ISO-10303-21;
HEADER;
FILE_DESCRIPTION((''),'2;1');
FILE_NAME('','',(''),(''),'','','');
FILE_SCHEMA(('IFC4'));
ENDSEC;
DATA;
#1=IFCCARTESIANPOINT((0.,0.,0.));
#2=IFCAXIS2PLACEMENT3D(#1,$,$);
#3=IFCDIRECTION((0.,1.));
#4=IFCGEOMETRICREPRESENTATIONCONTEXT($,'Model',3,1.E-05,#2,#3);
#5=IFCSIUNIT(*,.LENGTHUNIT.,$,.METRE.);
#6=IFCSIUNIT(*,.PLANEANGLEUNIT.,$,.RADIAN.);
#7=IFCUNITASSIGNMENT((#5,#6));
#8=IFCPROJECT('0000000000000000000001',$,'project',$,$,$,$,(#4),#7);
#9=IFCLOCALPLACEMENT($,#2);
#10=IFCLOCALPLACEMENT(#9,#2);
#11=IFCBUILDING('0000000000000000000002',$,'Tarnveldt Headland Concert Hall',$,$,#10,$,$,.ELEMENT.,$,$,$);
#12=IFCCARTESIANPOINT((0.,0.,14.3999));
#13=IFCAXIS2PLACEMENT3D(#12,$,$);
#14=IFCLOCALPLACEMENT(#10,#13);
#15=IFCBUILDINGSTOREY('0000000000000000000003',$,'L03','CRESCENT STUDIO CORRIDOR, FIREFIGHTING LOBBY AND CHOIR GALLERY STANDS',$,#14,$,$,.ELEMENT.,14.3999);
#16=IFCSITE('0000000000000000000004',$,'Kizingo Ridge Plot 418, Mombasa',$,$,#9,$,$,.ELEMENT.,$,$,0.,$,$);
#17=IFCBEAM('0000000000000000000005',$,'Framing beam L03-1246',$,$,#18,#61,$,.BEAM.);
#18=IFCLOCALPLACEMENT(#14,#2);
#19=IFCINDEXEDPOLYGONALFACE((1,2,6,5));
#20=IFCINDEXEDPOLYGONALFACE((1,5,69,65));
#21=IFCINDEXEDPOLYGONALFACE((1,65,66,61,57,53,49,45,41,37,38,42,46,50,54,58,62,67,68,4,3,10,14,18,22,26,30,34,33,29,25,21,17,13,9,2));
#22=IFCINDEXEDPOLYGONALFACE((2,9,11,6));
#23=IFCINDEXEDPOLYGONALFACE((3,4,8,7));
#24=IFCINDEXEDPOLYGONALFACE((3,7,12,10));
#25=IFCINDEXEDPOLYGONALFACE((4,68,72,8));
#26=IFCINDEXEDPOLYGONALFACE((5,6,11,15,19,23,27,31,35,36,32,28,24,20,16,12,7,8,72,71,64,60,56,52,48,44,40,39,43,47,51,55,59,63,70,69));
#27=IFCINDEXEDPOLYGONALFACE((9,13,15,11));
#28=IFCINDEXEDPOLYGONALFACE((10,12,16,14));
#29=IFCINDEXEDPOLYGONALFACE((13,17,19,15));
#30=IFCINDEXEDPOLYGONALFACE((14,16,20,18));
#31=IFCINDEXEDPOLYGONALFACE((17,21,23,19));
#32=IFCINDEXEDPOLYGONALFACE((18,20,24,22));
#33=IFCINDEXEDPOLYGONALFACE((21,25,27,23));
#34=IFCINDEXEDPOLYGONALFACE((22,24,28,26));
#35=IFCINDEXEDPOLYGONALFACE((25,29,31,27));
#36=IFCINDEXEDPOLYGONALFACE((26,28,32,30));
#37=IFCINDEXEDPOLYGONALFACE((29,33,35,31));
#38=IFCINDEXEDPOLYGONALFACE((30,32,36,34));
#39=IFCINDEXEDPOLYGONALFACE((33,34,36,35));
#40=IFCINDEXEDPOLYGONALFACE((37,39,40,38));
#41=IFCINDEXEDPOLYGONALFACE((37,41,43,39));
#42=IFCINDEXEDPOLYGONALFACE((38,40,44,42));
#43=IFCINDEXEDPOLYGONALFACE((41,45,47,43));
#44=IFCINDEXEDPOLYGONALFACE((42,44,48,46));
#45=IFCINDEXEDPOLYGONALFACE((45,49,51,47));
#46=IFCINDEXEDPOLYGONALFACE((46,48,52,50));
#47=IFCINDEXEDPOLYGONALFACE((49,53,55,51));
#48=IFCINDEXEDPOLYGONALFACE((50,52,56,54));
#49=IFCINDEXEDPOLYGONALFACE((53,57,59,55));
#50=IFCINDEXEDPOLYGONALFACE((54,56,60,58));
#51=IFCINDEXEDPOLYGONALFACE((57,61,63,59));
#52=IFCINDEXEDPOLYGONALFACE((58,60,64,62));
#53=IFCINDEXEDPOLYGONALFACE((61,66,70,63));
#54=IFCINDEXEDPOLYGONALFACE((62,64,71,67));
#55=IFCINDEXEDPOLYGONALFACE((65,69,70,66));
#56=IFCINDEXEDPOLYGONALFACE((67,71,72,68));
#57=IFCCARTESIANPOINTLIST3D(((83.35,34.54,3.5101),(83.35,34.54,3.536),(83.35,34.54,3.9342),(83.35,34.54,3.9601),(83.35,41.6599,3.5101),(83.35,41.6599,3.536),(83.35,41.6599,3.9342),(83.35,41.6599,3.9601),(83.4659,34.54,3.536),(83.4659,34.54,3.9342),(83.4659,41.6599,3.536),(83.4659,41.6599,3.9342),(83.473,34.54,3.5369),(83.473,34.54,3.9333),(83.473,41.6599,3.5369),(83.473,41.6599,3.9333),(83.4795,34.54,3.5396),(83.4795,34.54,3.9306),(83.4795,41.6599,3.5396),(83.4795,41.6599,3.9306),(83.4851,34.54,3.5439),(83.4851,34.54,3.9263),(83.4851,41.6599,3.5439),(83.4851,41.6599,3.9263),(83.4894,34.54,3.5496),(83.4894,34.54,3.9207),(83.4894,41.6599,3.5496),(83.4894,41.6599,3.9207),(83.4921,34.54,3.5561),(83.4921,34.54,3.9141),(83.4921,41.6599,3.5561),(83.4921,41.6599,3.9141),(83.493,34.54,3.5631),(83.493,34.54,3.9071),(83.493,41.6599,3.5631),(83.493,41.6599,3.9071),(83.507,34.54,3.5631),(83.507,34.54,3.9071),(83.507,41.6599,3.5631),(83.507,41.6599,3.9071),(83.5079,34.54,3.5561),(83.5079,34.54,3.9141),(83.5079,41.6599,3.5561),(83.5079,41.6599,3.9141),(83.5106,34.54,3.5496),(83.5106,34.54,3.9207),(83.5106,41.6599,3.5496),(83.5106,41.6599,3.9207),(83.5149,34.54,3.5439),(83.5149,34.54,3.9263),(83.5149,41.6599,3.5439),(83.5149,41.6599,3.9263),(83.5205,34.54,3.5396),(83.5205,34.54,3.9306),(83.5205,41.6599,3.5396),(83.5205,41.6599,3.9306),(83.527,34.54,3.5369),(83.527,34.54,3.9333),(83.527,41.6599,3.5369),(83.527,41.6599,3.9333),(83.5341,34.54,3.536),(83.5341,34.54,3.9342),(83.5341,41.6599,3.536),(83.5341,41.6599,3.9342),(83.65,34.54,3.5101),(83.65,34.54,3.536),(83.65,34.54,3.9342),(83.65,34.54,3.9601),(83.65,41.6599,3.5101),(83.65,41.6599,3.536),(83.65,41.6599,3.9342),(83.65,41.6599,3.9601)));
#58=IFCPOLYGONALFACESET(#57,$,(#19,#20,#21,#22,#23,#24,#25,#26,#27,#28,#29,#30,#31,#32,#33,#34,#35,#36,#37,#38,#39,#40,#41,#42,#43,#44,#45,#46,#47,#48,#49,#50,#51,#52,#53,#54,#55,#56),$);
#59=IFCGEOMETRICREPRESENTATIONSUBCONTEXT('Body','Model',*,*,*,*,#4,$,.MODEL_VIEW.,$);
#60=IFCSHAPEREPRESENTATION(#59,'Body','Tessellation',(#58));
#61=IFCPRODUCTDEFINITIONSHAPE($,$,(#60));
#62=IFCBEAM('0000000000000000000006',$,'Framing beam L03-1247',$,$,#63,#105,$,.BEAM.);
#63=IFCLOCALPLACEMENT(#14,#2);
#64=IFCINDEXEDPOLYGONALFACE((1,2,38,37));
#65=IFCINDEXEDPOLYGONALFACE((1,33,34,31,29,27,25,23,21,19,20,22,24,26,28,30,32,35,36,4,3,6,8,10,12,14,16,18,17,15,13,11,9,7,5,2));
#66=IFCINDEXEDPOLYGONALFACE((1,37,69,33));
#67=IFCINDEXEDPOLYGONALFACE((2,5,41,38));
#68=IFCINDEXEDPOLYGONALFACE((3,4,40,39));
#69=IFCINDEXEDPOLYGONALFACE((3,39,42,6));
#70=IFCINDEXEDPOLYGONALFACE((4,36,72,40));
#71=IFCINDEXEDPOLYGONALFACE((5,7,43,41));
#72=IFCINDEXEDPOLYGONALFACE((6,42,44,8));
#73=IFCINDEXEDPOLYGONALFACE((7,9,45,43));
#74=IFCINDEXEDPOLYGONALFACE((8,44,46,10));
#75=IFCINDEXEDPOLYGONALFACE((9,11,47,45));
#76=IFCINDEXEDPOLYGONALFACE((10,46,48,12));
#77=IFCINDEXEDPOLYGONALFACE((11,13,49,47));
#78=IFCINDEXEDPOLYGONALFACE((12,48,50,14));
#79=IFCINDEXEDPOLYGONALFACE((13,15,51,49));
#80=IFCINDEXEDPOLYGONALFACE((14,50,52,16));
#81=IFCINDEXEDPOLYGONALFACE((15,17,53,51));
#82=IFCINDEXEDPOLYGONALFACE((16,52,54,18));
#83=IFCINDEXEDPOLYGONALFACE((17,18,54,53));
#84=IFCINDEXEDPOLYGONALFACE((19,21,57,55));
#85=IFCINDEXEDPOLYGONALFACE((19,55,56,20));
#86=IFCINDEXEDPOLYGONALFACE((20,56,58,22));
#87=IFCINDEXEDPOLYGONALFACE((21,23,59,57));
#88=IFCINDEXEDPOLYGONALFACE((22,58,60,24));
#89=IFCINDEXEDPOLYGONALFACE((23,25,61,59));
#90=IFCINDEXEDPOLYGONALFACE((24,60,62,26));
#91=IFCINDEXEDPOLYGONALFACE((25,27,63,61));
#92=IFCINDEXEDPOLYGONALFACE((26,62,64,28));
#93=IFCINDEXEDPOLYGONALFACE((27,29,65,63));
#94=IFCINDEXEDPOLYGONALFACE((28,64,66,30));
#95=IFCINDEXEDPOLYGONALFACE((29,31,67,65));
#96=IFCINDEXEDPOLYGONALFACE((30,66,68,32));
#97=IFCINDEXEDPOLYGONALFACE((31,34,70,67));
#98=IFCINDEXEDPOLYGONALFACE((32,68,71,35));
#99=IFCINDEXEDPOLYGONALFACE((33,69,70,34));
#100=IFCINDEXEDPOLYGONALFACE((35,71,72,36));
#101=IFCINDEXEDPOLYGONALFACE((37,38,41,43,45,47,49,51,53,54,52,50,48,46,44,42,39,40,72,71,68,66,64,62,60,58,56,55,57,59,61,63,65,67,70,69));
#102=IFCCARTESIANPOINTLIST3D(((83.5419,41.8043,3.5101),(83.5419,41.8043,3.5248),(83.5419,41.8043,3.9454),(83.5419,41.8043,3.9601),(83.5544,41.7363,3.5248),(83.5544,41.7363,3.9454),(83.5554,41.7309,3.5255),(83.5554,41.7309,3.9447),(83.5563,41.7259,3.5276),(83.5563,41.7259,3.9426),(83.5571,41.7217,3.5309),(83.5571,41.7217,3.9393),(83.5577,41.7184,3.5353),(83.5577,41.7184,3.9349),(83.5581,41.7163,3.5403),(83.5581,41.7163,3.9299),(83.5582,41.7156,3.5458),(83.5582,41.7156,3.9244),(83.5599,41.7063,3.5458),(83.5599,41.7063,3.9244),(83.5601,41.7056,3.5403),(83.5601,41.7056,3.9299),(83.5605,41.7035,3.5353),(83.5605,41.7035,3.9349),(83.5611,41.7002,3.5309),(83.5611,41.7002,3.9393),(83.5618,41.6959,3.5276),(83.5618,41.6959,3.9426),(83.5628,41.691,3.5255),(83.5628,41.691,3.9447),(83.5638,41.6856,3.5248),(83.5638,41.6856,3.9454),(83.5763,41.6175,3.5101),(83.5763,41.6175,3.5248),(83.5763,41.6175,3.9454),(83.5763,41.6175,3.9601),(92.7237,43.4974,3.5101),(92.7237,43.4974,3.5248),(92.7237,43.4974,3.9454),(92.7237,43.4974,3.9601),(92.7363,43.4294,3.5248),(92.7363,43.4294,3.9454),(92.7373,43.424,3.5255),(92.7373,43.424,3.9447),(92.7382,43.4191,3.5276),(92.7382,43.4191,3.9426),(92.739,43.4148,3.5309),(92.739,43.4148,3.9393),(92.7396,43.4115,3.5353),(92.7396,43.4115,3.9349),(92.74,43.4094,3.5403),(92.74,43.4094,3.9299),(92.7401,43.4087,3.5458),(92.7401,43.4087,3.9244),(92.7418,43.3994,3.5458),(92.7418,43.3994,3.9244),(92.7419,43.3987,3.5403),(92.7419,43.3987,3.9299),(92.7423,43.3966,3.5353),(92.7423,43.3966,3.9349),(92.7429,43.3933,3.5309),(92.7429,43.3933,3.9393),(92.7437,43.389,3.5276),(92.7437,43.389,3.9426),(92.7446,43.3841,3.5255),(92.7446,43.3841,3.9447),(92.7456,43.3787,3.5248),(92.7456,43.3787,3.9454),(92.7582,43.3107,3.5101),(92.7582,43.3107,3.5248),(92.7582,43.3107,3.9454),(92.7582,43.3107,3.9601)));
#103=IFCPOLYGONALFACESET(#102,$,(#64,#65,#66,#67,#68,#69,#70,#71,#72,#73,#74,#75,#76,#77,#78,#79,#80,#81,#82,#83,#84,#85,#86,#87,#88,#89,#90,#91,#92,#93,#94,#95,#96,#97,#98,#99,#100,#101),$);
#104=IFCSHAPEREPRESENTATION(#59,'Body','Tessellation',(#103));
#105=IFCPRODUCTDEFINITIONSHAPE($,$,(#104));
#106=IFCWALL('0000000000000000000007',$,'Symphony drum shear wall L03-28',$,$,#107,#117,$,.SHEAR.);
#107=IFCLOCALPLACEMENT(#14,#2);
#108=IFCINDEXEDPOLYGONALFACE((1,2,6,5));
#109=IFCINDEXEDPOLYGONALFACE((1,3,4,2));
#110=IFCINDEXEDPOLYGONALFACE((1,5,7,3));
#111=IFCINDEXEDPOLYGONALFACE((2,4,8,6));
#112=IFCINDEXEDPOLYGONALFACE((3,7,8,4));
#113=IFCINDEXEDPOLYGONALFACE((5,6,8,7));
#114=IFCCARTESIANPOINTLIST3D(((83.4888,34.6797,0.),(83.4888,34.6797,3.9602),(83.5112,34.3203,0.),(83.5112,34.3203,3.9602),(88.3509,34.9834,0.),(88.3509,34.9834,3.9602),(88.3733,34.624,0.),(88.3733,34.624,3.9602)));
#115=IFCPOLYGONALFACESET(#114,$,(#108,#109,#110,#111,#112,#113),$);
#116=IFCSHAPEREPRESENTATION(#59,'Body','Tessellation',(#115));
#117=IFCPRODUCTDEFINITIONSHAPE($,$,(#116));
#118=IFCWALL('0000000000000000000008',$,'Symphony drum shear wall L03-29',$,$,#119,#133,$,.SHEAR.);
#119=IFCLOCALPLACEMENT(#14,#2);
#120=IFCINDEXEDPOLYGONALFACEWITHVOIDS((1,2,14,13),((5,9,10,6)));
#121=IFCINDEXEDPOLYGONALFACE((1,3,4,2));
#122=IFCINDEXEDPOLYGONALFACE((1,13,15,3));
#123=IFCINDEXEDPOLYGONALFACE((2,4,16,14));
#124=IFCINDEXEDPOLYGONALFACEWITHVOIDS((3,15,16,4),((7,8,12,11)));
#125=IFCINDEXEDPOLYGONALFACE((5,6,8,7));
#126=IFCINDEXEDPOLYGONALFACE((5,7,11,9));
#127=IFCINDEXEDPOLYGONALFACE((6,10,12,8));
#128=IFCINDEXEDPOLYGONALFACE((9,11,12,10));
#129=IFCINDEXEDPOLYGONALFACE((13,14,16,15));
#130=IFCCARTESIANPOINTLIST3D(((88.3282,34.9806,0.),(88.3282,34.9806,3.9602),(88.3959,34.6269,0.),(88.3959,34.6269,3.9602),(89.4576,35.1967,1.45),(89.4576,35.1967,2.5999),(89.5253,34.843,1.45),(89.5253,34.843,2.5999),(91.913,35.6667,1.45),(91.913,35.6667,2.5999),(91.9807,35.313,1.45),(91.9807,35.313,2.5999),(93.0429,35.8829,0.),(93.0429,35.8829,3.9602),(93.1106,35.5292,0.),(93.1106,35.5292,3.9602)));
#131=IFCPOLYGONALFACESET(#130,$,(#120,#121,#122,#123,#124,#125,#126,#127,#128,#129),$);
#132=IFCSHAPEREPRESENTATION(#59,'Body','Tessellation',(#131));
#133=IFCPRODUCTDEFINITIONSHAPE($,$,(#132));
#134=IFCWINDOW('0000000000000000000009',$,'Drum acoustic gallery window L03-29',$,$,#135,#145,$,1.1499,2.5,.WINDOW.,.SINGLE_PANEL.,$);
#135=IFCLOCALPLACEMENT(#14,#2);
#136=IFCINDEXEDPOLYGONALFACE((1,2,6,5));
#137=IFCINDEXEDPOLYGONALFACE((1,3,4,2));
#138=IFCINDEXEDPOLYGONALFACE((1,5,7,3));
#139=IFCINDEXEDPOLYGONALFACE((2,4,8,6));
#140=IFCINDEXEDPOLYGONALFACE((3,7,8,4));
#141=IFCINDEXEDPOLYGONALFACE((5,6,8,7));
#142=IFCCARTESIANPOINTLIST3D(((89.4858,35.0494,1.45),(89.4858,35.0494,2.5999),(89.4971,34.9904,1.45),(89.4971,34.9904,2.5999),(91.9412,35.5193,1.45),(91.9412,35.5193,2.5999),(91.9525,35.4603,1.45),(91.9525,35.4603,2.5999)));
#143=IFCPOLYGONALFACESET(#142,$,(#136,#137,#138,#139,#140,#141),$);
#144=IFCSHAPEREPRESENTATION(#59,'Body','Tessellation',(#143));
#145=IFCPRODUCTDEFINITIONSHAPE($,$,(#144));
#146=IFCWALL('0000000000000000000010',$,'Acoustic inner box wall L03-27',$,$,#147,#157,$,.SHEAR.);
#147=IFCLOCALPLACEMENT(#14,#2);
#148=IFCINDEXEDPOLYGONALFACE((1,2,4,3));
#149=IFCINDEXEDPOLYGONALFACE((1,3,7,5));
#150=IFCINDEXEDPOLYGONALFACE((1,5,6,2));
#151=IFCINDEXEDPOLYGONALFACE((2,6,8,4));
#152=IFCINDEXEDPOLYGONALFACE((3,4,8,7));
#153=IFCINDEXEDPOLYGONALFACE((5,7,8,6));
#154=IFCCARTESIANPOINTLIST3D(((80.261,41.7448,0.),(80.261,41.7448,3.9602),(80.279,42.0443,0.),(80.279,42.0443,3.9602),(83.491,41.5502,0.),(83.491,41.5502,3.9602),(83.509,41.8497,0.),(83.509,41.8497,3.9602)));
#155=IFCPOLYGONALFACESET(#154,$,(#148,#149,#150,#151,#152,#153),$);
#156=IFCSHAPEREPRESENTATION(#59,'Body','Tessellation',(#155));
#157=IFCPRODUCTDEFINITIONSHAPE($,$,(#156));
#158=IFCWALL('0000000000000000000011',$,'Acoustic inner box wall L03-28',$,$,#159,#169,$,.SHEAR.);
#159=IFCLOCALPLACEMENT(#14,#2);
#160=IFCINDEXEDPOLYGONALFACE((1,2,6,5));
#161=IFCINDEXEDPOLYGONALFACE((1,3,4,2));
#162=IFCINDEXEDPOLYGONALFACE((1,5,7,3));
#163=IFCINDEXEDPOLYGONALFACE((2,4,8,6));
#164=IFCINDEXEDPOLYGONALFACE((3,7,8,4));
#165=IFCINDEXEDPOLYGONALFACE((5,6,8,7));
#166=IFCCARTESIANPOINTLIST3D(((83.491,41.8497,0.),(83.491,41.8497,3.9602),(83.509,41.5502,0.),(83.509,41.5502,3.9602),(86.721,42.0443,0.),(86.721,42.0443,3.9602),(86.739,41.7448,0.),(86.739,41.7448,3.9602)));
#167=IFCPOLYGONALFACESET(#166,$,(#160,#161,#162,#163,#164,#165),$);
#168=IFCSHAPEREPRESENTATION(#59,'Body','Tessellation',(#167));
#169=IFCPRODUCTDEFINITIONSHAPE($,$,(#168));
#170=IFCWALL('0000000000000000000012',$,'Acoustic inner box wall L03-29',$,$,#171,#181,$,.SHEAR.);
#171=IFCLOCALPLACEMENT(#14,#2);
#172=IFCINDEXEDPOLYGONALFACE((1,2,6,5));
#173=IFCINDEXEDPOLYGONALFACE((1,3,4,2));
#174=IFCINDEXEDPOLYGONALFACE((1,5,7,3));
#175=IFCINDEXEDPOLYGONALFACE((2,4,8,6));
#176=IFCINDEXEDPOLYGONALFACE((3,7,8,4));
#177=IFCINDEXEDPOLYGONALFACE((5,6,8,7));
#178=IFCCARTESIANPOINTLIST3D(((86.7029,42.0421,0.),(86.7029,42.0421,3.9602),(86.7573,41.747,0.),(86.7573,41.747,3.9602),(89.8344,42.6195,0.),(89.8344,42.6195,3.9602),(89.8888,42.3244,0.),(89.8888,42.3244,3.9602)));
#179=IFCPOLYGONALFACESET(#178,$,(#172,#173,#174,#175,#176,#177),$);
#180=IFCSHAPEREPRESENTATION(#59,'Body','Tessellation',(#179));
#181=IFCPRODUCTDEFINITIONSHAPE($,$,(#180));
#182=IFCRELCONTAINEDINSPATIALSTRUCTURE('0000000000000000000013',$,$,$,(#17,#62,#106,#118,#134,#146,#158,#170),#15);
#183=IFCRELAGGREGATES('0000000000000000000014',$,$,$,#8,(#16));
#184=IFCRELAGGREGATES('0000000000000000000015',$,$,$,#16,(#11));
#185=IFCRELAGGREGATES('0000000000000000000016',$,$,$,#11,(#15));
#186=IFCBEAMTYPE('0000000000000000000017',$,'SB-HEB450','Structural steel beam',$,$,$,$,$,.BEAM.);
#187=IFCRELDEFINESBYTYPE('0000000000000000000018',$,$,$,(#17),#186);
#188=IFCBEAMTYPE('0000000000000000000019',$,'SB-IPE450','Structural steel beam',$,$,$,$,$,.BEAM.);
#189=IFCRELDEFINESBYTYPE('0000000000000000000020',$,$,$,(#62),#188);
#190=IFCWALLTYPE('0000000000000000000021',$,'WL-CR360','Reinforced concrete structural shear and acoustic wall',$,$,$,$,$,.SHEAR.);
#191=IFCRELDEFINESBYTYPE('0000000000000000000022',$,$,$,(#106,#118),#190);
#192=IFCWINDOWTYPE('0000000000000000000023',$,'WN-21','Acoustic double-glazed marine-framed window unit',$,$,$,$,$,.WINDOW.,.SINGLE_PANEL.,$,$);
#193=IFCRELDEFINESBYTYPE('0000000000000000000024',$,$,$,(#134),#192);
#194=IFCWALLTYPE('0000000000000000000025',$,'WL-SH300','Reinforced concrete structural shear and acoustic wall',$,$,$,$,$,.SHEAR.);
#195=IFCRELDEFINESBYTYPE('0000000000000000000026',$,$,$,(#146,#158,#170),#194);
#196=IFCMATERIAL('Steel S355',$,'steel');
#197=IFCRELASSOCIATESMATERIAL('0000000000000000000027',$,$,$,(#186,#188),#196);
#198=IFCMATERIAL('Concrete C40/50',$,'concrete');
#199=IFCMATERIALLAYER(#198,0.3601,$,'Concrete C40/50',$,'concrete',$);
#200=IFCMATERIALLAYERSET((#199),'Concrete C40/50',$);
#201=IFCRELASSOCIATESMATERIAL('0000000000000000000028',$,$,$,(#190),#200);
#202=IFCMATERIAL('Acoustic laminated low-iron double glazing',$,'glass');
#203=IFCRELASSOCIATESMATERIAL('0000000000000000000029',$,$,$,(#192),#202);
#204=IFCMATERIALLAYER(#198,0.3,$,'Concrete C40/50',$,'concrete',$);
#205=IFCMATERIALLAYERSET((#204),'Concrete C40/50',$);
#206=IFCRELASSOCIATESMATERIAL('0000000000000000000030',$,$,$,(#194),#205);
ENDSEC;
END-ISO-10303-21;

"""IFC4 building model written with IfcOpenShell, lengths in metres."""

from ifc_helpers import new_model, si_unit, direction, frame, frame_2d, origin, origin_2d, place, context, subcontext, project, spatial, rectangle, i_section, extrude, material, layer, layer_set, material_profile, profile_set, type_object, element, fill, save


model = new_model("IFC4")

# Units and contexts
model_context = context("Model", 3, precision=1e-05, world=origin(), true_north=direction((0.0, 1.0)))
body_context = subcontext(model_context, "Body", "Model", "MODEL_VIEW")
ifc_project = project(units=[si_unit("LENGTHUNIT", "METRE"), si_unit("PLANEANGLEUNIT", "RADIAN")], contexts=[model_context])

# Site, building, storey
site_placement = place(None, origin())
site = spatial("IfcSite", under=ifc_project, at=site_placement, Name="Kizingo Ridge Plot 418, Mombasa", CompositionType="ELEMENT", RefElevation=0.0)
building_placement = place(site_placement, origin())
building = spatial("IfcBuilding", under=site, at=building_placement, Name="Tarnveldt Headland Concert Hall", CompositionType="ELEMENT")
storey_placement = place(building_placement, frame((0.0, 0.0, 14.3999)))
storey = spatial("IfcBuildingStorey", under=building, at=storey_placement, Name="L03", Description="CRESCENT STUDIO CORRIDOR, FIREFIGHTING LOBBY AND CHOIR GALLERY STANDS", CompositionType="ELEMENT", Elevation=14.3999)

# Shared definitions
ifc_material_1 = material(Name="Concrete C40/50", Category="concrete")

# Shared definitions
ifc_material_2 = material(Name="Steel S355", Category="steel")

# Beams
ifc_material_profile_1 = material_profile(ifc_material_2, i_section(OverallWidth=0.3, OverallDepth=0.45, WebThickness=0.0139, FlangeThickness=0.0259, FilletRadius=0.0271, at=origin_2d()), Name="HEB450", Category="steel")
ifc_profile_set_1 = profile_set([ifc_material_profile_1], Name="Steel S355")
beam_type_1 = type_object("IfcBeamType", Name="SB-HEB450", Description="Structural steel beam", PredefinedType="BEAM", material=ifc_profile_set_1)
beam_1_placement = place(storey_placement, frame((83.5, 41.6599, 3.7351), z_axis=(0.0, -1.0, 0.0), x_axis=(1.0, 0.0, 0.0)))
element("IfcBeam", 1, at=beam_1_placement, inside=storey, type_object=beam_type_1, Name="Framing beam L03-1246", PredefinedType="BEAM", context=body_context, shape_type="SweptSolid", body=[
    extrude(i_section(OverallWidth=0.3, OverallDepth=0.45, WebThickness=0.0139, FlangeThickness=0.0259, FilletRadius=0.0271, at=origin_2d()), origin(), (0.0, 0.0, 1.0), 7.1199),
])
ifc_material_profile_2 = material_profile(ifc_material_2, i_section(OverallWidth=0.1899, OverallDepth=0.45, WebThickness=0.0095, FlangeThickness=0.0146, FilletRadius=0.021, at=origin_2d()), Name="IPE450", Category="steel")
ifc_profile_set_2 = profile_set([ifc_material_profile_2], Name="Steel S355")
beam_type_2 = type_object("IfcBeamType", Name="SB-IPE450", Description="Structural steel beam", PredefinedType="BEAM", material=ifc_profile_set_2)
beam_2_placement = place(storey_placement, frame((83.5591, 41.7109, 3.7351), z_axis=(0.98342, 0.18134, 0.0), x_axis=(-0.18134, 0.98342, 0.0)))
element("IfcBeam", 2, at=beam_2_placement, inside=storey, type_object=beam_type_2, Name="Framing beam L03-1247", PredefinedType="BEAM", context=body_context, shape_type="SweptSolid", body=[
    extrude(i_section(OverallWidth=0.1899, OverallDepth=0.45, WebThickness=0.0095, FlangeThickness=0.0146, FilletRadius=0.021, at=origin_2d()), origin(), (0.0, 0.0, 1.0), 9.3367),
])

# Wall
ifc_layer_1 = layer(ifc_material_1, 0.3601, Name="Concrete C40/50", Category="concrete")
ifc_layer_set_1 = layer_set([ifc_layer_1], Name="Concrete C40/50")
wall_type_1 = type_object("IfcWallType", Name="WL-CR360", Description="Reinforced concrete structural shear and acoustic wall", PredefinedType="SHEAR", material=ifc_layer_set_1)
wall_1_placement = place(storey_placement, frame((83.5, 34.5, 0.0), z_axis=(0.0, 0.0, 1.0), x_axis=(0.998055, 0.062344, 0.0)))
element("IfcWall", 3, at=wall_1_placement, inside=storey, type_object=wall_type_1, Name="Symphony drum shear wall L03-28", PredefinedType="SHEAR", context=body_context, shape_type="SweptSolid", body=[
    extrude(rectangle(XDim=4.8716, YDim=0.3601, at=frame_2d((2.4358, 0.0))), origin(), (0.0, 0.0, 1.0), 3.9602),
])

# Wall, opening, window
wall_2_placement = place(storey_placement, frame((88.3621, 34.8037, 0.0), z_axis=(0.0, 0.0, 1.0), x_axis=(0.982173, 0.187981, 0.0)))
wall_2 = element("IfcWall", 4, at=wall_2_placement, inside=storey, type_object=wall_type_1, Name="Symphony drum shear wall L03-29", PredefinedType="SHEAR", context=body_context, shape_type="SweptSolid", body=[
    extrude(rectangle(XDim=4.8003, YDim=0.3601, at=frame_2d((2.4001, 0.0))), origin(), (0.0, 0.0, 1.0), 3.9602),
])
opening_placement = place(wall_2_placement, frame((1.1499, 0.0, 1.45)))
opening = element("IfcOpeningElement", 5, at=opening_placement, cuts=wall_2, PredefinedType="OPENING", context=body_context, shape_type="SweptSolid", body=[
    extrude(rectangle(XDim=2.5, YDim=1.1499, at=frame_2d((1.25, 0.575))), frame((0.0, 0.1899, 0.0), z_axis=(0.0, -1.0, 0.0), x_axis=(1.0, 0.0, 0.0)), (0.0, 0.0, 1.0), 0.3801),
])
ifc_material_3 = material(Name="Acoustic laminated low-iron double glazing", Category="glass")
window_type = type_object("IfcWindowType", Name="WN-21", Description="Acoustic double-glazed marine-framed window unit", PartitioningType="SINGLE_PANEL", PredefinedType="WINDOW", material=ifc_material_3)
window_placement = place(opening_placement, origin())
window = element("IfcWindow", 6, at=window_placement, inside=storey, type_object=window_type, Name="Drum acoustic gallery window L03-29", OverallHeight=1.1499, OverallWidth=2.5, PartitioningType="SINGLE_PANEL", PredefinedType="WINDOW", context=body_context, shape_type="SweptSolid", body=[
    extrude(rectangle(XDim=2.5, YDim=1.1499, at=frame_2d((1.25, 0.575))), frame((0.0, 0.03, 0.0), z_axis=(0.0, -1.0, 0.0), x_axis=(1.0, 0.0, 0.0)), (0.0, 0.0, 1.0), 0.0601),
])
fill(opening, window)

# Walls
ifc_layer_2 = layer(ifc_material_1, 0.3, Name="Concrete C40/50", Category="concrete")
ifc_layer_set_2 = layer_set([ifc_layer_2], Name="Concrete C40/50")
wall_type_2 = type_object("IfcWallType", Name="WL-SH300", Description="Reinforced concrete structural shear and acoustic wall", PredefinedType="SHEAR", material=ifc_layer_set_2)
for number, where, z_axis, x_axis, name in (
    (7, (80.27, 41.8945, 0.0), (0.0, 0.0, 1.0), (0.99819, -0.060133, 0.0), "Acoustic inner box wall L03-27"),
    (8, (83.5, 41.7, 0.0), (0.0, 0.0, 1.0), (0.99819, 0.060133, 0.0), "Acoustic inner box wall L03-28"),
):
    element("IfcWall", number, at=place(storey_placement, frame(where, z_axis=z_axis, x_axis=x_axis)), inside=storey, type_object=wall_type_2, Name=name, PredefinedType="SHEAR", context=body_context, shape_type="SweptSolid", body=[
        extrude(rectangle(XDim=3.2358, YDim=0.3, at=frame_2d((1.6179, 0.0))), origin(), (0.0, 0.0, 1.0), 3.9602),
    ])
wall_3_placement = place(storey_placement, frame((86.73, 41.8945, 0.0), z_axis=(0.0, 0.0, 1.0), x_axis=(0.983424, 0.18132, 0.0)))
element("IfcWall", 9, at=wall_3_placement, inside=storey, type_object=wall_type_2, Name="Acoustic inner box wall L03-29", PredefinedType="SHEAR", context=body_context, shape_type="SweptSolid", body=[
    extrude(rectangle(XDim=3.1843, YDim=0.3, at=frame_2d((1.5923, 0.0))), origin(), (0.0, 0.0, 1.0), 3.9602),
])

save(model, "model.ifc")
